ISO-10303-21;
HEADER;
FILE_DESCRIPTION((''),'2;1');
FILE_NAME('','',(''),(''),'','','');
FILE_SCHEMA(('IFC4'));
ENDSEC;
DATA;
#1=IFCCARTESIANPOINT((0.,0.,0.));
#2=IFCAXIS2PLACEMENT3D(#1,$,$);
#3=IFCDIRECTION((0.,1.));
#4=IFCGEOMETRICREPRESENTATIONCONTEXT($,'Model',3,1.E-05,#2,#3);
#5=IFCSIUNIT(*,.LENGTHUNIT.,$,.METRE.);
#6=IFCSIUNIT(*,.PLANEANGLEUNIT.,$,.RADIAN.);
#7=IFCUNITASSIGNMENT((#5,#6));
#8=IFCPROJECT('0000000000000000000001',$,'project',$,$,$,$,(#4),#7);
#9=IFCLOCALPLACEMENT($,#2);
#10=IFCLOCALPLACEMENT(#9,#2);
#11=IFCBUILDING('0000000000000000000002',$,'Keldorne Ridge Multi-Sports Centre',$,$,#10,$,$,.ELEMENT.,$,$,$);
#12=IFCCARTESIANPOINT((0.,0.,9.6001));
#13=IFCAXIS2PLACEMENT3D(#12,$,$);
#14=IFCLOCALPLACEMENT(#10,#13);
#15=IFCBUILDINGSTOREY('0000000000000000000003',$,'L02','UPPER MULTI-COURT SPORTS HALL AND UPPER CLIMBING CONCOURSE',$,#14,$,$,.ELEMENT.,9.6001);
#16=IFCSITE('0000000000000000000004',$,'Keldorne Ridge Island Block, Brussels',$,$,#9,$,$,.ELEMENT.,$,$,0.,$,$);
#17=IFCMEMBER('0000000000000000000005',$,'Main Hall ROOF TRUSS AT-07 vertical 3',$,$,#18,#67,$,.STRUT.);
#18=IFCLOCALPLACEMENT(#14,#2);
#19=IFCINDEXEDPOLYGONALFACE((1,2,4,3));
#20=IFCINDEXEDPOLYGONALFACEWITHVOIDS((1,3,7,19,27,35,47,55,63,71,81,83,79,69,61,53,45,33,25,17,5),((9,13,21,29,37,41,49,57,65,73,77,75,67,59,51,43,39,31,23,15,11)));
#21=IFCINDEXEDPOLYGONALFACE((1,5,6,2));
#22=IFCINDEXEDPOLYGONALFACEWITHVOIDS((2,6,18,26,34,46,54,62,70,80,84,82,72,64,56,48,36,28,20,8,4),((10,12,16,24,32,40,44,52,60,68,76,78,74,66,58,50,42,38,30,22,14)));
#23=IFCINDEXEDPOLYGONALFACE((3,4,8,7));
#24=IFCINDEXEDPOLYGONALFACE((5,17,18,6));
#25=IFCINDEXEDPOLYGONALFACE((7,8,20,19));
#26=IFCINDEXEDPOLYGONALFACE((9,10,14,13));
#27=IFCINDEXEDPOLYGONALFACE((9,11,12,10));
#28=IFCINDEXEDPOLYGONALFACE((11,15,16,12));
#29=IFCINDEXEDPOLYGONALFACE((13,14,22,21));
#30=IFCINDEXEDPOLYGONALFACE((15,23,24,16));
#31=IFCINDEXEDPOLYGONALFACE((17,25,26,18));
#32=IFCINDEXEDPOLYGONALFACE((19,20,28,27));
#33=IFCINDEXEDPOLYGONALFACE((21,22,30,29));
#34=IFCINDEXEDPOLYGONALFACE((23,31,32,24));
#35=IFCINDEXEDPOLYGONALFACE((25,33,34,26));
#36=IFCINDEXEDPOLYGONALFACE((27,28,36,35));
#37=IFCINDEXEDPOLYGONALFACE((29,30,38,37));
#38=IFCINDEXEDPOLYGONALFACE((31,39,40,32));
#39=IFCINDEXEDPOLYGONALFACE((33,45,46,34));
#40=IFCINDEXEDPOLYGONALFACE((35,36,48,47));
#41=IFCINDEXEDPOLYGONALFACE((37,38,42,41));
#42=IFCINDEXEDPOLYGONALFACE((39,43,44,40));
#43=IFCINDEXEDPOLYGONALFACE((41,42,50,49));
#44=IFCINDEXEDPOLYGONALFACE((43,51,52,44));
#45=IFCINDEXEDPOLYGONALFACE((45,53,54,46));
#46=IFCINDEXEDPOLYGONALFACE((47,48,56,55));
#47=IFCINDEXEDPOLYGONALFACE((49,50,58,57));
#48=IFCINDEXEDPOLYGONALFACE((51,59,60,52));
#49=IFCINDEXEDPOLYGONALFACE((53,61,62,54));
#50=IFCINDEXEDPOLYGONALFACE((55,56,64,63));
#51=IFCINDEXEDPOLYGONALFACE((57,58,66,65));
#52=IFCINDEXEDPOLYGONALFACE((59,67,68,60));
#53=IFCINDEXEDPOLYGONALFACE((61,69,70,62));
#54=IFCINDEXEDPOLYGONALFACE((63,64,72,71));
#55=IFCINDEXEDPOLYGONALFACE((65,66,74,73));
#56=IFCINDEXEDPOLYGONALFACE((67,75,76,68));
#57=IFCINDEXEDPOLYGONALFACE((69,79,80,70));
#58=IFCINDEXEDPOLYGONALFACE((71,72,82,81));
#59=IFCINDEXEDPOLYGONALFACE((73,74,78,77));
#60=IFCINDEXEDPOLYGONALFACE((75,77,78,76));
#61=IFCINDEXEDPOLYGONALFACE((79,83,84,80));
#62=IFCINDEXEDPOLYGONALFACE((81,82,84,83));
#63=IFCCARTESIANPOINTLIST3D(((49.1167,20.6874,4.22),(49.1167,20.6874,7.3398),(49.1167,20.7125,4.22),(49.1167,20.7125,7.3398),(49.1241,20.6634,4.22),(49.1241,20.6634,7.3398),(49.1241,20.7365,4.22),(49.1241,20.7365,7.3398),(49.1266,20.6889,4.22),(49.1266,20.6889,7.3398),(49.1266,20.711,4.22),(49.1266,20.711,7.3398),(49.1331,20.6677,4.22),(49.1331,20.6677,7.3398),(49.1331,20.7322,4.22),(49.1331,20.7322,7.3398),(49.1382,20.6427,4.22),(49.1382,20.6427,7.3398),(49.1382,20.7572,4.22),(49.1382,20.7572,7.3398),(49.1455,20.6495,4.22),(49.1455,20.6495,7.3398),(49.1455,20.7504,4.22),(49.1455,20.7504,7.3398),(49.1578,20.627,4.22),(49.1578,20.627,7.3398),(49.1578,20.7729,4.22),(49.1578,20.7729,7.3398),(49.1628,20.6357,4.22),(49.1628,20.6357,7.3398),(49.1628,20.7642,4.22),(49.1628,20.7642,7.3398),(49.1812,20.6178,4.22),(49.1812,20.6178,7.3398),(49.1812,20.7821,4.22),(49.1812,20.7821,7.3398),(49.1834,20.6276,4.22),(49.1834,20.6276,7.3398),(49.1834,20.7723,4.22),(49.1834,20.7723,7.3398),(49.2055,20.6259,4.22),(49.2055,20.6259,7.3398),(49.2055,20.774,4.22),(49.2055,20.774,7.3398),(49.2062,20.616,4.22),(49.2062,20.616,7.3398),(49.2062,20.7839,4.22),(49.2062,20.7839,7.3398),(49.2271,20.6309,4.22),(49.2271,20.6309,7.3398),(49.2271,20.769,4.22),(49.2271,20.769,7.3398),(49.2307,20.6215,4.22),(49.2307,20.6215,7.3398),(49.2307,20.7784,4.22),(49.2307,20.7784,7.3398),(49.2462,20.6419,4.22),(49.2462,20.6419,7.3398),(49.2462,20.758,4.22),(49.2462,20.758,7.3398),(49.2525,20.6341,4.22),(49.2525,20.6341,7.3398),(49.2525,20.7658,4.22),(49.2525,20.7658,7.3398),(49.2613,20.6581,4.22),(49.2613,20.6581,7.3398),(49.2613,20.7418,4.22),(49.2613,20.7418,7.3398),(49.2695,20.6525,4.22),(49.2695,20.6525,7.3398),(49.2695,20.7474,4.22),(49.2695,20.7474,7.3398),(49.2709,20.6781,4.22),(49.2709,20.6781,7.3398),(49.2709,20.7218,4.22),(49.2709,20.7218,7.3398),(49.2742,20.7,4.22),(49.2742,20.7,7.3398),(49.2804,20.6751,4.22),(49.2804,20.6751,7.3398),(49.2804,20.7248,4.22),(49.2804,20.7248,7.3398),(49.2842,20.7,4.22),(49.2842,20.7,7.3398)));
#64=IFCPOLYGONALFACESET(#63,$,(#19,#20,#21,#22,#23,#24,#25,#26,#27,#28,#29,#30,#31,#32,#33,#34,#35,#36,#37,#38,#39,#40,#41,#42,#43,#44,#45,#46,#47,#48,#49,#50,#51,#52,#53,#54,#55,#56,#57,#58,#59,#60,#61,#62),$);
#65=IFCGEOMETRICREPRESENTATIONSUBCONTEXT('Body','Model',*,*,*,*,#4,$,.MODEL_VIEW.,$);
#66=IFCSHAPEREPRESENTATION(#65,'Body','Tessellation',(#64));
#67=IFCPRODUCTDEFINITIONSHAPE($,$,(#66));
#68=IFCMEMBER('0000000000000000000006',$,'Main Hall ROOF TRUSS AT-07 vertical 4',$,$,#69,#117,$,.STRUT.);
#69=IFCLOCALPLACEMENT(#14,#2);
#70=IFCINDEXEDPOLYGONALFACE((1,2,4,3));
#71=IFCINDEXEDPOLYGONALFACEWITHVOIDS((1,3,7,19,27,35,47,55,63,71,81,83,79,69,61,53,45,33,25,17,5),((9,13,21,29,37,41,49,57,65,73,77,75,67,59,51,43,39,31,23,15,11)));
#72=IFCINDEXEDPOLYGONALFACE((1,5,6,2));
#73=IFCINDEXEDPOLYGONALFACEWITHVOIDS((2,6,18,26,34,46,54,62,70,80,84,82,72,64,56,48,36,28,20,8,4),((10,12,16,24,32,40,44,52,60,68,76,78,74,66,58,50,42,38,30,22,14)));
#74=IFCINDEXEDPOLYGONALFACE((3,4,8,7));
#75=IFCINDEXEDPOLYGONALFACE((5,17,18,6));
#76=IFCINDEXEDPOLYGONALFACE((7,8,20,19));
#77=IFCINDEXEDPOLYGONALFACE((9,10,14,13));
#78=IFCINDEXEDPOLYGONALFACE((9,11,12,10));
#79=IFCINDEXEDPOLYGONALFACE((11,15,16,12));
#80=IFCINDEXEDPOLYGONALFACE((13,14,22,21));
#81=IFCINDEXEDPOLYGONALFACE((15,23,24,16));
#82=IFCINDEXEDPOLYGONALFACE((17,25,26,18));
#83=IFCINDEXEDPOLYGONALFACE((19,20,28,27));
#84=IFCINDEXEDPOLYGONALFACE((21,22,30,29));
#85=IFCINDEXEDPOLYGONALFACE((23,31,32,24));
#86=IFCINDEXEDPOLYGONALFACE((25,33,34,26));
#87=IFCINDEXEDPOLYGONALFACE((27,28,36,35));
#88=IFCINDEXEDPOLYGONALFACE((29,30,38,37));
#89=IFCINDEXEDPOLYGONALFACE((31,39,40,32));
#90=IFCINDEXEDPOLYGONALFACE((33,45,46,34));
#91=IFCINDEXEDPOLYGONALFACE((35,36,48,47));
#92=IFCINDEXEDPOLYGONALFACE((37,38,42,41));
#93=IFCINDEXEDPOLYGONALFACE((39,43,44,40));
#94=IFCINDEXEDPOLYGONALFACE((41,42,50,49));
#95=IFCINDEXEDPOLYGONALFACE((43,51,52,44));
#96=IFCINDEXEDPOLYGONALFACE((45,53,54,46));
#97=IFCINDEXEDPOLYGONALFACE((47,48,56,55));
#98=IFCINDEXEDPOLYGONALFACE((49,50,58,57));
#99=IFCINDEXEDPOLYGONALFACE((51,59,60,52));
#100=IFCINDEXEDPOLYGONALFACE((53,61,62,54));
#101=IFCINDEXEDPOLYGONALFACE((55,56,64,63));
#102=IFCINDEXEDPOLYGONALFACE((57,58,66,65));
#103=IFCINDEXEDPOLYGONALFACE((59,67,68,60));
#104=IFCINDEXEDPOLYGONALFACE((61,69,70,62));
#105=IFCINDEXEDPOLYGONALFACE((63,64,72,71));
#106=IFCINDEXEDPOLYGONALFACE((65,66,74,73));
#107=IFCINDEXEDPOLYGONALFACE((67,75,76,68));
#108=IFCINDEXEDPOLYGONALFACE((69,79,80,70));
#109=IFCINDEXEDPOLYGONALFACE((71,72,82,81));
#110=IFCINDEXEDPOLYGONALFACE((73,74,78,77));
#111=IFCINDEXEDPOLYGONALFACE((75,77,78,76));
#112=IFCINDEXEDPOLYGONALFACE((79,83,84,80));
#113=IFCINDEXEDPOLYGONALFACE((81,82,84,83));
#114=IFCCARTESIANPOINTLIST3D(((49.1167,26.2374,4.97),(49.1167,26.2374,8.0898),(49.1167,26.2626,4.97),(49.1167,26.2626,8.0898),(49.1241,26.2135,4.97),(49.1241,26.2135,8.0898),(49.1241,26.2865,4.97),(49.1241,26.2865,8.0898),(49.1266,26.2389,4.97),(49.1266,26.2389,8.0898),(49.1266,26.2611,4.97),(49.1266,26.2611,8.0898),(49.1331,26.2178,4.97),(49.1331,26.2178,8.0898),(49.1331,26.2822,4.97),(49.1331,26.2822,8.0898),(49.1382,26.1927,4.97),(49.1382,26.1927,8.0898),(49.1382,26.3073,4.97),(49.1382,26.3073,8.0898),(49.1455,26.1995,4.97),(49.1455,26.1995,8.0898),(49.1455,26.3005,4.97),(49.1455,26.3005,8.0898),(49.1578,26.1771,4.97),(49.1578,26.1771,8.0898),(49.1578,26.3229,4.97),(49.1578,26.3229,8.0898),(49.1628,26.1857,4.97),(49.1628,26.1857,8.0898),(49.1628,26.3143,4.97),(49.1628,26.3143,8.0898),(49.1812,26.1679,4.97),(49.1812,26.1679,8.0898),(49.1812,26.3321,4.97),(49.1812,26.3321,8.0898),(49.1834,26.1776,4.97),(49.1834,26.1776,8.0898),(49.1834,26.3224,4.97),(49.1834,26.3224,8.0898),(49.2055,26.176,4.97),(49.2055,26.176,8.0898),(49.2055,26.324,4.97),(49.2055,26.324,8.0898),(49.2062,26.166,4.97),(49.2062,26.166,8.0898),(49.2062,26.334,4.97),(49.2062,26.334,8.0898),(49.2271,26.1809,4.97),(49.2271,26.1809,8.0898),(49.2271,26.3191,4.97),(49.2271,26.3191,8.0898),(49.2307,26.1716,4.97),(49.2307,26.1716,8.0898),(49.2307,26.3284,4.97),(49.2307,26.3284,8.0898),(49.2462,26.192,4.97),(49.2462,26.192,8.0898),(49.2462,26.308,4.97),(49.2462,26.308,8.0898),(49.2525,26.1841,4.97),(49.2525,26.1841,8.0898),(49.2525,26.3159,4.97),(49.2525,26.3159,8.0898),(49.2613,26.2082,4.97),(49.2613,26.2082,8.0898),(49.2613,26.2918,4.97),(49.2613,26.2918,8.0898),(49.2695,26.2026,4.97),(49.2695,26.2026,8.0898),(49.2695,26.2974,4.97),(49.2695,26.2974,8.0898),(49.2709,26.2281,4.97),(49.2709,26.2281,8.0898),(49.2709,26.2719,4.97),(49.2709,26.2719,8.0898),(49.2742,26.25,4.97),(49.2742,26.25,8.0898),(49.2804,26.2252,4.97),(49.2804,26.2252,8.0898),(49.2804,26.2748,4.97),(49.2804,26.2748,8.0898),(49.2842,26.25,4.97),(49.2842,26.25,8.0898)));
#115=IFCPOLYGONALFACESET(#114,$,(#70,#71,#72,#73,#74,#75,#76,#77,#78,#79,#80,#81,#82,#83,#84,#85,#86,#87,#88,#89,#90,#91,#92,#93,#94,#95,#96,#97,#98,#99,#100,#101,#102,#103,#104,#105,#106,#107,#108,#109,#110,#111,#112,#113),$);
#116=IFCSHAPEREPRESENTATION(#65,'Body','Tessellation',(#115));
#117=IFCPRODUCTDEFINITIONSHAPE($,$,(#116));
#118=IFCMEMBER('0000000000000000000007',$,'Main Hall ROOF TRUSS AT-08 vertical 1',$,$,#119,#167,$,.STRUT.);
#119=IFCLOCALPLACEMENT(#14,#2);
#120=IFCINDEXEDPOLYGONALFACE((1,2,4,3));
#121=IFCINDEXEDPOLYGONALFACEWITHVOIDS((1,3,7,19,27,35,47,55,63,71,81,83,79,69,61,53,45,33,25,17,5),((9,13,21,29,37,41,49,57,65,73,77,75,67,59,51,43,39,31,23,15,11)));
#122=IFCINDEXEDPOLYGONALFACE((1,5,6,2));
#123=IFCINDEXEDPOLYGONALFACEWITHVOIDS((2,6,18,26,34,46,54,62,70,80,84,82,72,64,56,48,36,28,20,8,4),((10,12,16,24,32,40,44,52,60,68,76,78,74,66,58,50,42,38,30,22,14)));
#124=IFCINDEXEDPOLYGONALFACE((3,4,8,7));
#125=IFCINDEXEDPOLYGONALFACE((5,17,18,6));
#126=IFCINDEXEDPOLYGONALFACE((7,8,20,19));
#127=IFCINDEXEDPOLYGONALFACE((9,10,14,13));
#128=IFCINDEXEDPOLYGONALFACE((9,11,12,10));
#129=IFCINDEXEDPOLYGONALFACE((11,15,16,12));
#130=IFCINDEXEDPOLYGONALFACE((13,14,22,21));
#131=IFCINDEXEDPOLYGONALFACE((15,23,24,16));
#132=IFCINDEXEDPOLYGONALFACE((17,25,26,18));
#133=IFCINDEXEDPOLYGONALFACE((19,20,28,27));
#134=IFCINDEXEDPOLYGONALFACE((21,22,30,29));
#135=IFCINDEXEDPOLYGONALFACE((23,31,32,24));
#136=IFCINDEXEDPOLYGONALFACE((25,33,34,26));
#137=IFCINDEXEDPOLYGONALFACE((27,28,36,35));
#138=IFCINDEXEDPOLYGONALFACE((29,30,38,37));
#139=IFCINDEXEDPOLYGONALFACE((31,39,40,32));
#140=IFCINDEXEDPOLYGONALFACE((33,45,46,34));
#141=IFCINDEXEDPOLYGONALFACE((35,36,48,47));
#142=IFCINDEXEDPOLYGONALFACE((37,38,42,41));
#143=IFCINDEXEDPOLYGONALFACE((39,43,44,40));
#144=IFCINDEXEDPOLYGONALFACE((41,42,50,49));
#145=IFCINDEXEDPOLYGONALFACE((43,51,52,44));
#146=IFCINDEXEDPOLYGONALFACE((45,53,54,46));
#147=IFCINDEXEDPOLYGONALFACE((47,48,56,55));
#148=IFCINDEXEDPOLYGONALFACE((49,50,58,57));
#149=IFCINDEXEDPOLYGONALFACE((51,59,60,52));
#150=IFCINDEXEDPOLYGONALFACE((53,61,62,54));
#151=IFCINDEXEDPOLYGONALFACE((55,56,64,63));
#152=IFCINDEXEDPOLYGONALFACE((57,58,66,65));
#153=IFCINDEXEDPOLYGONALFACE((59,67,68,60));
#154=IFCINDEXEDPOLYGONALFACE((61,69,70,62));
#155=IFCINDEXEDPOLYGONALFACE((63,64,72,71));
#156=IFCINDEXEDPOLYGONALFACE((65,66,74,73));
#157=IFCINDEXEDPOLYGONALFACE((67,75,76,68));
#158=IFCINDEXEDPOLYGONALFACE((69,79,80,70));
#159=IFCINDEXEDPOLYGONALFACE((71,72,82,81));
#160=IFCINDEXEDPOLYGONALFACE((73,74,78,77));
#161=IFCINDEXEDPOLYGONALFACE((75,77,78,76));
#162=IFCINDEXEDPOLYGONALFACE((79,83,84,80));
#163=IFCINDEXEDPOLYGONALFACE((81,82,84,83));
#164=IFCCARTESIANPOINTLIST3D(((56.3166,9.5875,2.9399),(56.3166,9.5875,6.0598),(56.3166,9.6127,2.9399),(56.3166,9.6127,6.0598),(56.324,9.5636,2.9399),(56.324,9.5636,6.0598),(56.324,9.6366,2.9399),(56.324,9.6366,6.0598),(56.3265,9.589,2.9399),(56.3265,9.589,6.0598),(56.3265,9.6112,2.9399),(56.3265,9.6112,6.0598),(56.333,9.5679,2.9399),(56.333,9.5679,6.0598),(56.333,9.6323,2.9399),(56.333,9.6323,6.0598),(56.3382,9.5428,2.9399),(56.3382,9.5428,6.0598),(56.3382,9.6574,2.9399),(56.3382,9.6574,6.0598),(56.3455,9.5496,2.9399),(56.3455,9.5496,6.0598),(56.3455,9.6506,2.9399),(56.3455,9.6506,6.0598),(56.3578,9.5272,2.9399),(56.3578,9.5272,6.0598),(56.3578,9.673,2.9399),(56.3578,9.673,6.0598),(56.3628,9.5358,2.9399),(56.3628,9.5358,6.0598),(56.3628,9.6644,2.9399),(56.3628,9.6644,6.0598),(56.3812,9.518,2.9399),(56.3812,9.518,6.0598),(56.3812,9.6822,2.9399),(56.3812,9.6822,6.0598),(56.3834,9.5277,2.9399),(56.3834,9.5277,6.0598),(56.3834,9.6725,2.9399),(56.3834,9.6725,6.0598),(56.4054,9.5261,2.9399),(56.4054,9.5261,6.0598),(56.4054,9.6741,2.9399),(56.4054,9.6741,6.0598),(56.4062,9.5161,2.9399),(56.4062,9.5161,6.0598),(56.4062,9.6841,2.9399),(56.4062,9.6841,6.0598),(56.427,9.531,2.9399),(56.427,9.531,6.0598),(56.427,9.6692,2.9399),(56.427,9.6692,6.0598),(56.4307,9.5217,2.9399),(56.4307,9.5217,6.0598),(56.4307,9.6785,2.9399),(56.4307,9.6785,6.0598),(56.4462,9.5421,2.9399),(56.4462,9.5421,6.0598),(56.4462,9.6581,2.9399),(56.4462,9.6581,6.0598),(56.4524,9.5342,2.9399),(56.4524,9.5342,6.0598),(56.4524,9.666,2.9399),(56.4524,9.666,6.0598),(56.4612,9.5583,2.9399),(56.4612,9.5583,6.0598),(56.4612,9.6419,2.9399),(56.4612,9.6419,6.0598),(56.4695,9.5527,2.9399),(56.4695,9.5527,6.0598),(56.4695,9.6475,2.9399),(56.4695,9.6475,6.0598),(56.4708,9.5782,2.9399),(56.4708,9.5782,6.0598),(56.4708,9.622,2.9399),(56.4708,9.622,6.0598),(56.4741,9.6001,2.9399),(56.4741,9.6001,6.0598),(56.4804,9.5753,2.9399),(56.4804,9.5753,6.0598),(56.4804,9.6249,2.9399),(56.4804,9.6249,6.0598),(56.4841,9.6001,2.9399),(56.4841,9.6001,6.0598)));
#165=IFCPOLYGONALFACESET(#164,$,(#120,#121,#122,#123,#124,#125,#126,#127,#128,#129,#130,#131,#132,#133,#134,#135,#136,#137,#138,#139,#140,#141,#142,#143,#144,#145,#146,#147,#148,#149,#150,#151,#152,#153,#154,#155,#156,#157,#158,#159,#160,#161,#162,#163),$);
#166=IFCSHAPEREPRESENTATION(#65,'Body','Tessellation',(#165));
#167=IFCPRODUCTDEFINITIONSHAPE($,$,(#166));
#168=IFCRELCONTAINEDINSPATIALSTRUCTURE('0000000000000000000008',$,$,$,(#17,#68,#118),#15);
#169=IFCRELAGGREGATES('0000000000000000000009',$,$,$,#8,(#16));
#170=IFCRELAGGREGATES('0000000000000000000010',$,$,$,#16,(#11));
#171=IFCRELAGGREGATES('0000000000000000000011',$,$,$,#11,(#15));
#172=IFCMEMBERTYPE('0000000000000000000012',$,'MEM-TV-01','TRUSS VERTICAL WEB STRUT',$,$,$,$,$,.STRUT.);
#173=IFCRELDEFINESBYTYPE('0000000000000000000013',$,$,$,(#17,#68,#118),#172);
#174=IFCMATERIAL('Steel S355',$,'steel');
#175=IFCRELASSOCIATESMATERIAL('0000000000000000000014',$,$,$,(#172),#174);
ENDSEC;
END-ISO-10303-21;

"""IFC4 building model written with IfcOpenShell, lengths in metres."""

from ifc_helpers import new_model, si_unit, direction, frame, origin, origin_2d, place, context, subcontext, project, spatial, hollow_circle, extrude, material, material_profile, profile_set, type_object, element, save


model = new_model("IFC4")

# Units and contexts
model_context = context("Model", 3, precision=1e-05, world=origin(), true_north=direction((0.0, 1.0)))
body_context = subcontext(model_context, "Body", "Model", "MODEL_VIEW")
ifc_project = project(units=[si_unit("LENGTHUNIT", "METRE"), si_unit("PLANEANGLEUNIT", "RADIAN")], contexts=[model_context])

# Site, building, storey
site_placement = place(None, origin())
site = spatial("IfcSite", under=ifc_project, at=site_placement, Name="Keldorne Ridge Island Block, Brussels", CompositionType="ELEMENT", RefElevation=0.0)
building_placement = place(site_placement, origin())
building = spatial("IfcBuilding", under=site, at=building_placement, Name="Keldorne Ridge Multi-Sports Centre", CompositionType="ELEMENT")
storey_placement = place(building_placement, frame((0.0, 0.0, 9.6001)))
storey = spatial("IfcBuildingStorey", under=building, at=storey_placement, Name="L02", Description="UPPER MULTI-COURT SPORTS HALL AND UPPER CLIMBING CONCOURSE", CompositionType="ELEMENT", Elevation=9.6001)

# Shared definitions
ifc_material_1 = material(Name="Steel S355", Category="steel")

# Members
ifc_material_profile_1 = material_profile(ifc_material_1, hollow_circle(Radius=0.0842, WallThickness=0.01, at=origin_2d()), Name="CHS 168.3x10")
ifc_profile_set_1 = profile_set([ifc_material_profile_1], Name="Steel S355")
member_type_1 = type_object("IfcMemberType", Name="MEM-TV-01", Description="TRUSS VERTICAL WEB STRUT", PredefinedType="STRUT", material=ifc_profile_set_1)
for number, where, z_axis, x_axis, name in (
    (1, (49.2, 20.7, 4.22), (0.0, 0.0, 1.0), (1.0, 0.0, 0.0), "Main Hall ROOF TRUSS AT-07 vertical 3"),
    (2, (49.2, 26.25, 4.97), (0.0, 0.0, 1.0), (1.0, 0.0, 0.0), "Main Hall ROOF TRUSS AT-07 vertical 4"),
    (3, (56.3999, 9.6001, 2.9399), (0.0, 0.0, 1.0), (1.0, 0.0, 0.0), "Main Hall ROOF TRUSS AT-08 vertical 1"),
):
    element("IfcMember", number, at=place(storey_placement, frame(where, z_axis=z_axis, x_axis=x_axis)), inside=storey, type_object=member_type_1, Name=name, PredefinedType="STRUT", context=body_context, shape_type="SweptSolid", body=[
        extrude(hollow_circle(Radius=0.0842, WallThickness=0.01, at=origin_2d()), origin(), (0.0, 0.0, 1.0), 3.1199),
    ])

save(model, "model.ifc")
